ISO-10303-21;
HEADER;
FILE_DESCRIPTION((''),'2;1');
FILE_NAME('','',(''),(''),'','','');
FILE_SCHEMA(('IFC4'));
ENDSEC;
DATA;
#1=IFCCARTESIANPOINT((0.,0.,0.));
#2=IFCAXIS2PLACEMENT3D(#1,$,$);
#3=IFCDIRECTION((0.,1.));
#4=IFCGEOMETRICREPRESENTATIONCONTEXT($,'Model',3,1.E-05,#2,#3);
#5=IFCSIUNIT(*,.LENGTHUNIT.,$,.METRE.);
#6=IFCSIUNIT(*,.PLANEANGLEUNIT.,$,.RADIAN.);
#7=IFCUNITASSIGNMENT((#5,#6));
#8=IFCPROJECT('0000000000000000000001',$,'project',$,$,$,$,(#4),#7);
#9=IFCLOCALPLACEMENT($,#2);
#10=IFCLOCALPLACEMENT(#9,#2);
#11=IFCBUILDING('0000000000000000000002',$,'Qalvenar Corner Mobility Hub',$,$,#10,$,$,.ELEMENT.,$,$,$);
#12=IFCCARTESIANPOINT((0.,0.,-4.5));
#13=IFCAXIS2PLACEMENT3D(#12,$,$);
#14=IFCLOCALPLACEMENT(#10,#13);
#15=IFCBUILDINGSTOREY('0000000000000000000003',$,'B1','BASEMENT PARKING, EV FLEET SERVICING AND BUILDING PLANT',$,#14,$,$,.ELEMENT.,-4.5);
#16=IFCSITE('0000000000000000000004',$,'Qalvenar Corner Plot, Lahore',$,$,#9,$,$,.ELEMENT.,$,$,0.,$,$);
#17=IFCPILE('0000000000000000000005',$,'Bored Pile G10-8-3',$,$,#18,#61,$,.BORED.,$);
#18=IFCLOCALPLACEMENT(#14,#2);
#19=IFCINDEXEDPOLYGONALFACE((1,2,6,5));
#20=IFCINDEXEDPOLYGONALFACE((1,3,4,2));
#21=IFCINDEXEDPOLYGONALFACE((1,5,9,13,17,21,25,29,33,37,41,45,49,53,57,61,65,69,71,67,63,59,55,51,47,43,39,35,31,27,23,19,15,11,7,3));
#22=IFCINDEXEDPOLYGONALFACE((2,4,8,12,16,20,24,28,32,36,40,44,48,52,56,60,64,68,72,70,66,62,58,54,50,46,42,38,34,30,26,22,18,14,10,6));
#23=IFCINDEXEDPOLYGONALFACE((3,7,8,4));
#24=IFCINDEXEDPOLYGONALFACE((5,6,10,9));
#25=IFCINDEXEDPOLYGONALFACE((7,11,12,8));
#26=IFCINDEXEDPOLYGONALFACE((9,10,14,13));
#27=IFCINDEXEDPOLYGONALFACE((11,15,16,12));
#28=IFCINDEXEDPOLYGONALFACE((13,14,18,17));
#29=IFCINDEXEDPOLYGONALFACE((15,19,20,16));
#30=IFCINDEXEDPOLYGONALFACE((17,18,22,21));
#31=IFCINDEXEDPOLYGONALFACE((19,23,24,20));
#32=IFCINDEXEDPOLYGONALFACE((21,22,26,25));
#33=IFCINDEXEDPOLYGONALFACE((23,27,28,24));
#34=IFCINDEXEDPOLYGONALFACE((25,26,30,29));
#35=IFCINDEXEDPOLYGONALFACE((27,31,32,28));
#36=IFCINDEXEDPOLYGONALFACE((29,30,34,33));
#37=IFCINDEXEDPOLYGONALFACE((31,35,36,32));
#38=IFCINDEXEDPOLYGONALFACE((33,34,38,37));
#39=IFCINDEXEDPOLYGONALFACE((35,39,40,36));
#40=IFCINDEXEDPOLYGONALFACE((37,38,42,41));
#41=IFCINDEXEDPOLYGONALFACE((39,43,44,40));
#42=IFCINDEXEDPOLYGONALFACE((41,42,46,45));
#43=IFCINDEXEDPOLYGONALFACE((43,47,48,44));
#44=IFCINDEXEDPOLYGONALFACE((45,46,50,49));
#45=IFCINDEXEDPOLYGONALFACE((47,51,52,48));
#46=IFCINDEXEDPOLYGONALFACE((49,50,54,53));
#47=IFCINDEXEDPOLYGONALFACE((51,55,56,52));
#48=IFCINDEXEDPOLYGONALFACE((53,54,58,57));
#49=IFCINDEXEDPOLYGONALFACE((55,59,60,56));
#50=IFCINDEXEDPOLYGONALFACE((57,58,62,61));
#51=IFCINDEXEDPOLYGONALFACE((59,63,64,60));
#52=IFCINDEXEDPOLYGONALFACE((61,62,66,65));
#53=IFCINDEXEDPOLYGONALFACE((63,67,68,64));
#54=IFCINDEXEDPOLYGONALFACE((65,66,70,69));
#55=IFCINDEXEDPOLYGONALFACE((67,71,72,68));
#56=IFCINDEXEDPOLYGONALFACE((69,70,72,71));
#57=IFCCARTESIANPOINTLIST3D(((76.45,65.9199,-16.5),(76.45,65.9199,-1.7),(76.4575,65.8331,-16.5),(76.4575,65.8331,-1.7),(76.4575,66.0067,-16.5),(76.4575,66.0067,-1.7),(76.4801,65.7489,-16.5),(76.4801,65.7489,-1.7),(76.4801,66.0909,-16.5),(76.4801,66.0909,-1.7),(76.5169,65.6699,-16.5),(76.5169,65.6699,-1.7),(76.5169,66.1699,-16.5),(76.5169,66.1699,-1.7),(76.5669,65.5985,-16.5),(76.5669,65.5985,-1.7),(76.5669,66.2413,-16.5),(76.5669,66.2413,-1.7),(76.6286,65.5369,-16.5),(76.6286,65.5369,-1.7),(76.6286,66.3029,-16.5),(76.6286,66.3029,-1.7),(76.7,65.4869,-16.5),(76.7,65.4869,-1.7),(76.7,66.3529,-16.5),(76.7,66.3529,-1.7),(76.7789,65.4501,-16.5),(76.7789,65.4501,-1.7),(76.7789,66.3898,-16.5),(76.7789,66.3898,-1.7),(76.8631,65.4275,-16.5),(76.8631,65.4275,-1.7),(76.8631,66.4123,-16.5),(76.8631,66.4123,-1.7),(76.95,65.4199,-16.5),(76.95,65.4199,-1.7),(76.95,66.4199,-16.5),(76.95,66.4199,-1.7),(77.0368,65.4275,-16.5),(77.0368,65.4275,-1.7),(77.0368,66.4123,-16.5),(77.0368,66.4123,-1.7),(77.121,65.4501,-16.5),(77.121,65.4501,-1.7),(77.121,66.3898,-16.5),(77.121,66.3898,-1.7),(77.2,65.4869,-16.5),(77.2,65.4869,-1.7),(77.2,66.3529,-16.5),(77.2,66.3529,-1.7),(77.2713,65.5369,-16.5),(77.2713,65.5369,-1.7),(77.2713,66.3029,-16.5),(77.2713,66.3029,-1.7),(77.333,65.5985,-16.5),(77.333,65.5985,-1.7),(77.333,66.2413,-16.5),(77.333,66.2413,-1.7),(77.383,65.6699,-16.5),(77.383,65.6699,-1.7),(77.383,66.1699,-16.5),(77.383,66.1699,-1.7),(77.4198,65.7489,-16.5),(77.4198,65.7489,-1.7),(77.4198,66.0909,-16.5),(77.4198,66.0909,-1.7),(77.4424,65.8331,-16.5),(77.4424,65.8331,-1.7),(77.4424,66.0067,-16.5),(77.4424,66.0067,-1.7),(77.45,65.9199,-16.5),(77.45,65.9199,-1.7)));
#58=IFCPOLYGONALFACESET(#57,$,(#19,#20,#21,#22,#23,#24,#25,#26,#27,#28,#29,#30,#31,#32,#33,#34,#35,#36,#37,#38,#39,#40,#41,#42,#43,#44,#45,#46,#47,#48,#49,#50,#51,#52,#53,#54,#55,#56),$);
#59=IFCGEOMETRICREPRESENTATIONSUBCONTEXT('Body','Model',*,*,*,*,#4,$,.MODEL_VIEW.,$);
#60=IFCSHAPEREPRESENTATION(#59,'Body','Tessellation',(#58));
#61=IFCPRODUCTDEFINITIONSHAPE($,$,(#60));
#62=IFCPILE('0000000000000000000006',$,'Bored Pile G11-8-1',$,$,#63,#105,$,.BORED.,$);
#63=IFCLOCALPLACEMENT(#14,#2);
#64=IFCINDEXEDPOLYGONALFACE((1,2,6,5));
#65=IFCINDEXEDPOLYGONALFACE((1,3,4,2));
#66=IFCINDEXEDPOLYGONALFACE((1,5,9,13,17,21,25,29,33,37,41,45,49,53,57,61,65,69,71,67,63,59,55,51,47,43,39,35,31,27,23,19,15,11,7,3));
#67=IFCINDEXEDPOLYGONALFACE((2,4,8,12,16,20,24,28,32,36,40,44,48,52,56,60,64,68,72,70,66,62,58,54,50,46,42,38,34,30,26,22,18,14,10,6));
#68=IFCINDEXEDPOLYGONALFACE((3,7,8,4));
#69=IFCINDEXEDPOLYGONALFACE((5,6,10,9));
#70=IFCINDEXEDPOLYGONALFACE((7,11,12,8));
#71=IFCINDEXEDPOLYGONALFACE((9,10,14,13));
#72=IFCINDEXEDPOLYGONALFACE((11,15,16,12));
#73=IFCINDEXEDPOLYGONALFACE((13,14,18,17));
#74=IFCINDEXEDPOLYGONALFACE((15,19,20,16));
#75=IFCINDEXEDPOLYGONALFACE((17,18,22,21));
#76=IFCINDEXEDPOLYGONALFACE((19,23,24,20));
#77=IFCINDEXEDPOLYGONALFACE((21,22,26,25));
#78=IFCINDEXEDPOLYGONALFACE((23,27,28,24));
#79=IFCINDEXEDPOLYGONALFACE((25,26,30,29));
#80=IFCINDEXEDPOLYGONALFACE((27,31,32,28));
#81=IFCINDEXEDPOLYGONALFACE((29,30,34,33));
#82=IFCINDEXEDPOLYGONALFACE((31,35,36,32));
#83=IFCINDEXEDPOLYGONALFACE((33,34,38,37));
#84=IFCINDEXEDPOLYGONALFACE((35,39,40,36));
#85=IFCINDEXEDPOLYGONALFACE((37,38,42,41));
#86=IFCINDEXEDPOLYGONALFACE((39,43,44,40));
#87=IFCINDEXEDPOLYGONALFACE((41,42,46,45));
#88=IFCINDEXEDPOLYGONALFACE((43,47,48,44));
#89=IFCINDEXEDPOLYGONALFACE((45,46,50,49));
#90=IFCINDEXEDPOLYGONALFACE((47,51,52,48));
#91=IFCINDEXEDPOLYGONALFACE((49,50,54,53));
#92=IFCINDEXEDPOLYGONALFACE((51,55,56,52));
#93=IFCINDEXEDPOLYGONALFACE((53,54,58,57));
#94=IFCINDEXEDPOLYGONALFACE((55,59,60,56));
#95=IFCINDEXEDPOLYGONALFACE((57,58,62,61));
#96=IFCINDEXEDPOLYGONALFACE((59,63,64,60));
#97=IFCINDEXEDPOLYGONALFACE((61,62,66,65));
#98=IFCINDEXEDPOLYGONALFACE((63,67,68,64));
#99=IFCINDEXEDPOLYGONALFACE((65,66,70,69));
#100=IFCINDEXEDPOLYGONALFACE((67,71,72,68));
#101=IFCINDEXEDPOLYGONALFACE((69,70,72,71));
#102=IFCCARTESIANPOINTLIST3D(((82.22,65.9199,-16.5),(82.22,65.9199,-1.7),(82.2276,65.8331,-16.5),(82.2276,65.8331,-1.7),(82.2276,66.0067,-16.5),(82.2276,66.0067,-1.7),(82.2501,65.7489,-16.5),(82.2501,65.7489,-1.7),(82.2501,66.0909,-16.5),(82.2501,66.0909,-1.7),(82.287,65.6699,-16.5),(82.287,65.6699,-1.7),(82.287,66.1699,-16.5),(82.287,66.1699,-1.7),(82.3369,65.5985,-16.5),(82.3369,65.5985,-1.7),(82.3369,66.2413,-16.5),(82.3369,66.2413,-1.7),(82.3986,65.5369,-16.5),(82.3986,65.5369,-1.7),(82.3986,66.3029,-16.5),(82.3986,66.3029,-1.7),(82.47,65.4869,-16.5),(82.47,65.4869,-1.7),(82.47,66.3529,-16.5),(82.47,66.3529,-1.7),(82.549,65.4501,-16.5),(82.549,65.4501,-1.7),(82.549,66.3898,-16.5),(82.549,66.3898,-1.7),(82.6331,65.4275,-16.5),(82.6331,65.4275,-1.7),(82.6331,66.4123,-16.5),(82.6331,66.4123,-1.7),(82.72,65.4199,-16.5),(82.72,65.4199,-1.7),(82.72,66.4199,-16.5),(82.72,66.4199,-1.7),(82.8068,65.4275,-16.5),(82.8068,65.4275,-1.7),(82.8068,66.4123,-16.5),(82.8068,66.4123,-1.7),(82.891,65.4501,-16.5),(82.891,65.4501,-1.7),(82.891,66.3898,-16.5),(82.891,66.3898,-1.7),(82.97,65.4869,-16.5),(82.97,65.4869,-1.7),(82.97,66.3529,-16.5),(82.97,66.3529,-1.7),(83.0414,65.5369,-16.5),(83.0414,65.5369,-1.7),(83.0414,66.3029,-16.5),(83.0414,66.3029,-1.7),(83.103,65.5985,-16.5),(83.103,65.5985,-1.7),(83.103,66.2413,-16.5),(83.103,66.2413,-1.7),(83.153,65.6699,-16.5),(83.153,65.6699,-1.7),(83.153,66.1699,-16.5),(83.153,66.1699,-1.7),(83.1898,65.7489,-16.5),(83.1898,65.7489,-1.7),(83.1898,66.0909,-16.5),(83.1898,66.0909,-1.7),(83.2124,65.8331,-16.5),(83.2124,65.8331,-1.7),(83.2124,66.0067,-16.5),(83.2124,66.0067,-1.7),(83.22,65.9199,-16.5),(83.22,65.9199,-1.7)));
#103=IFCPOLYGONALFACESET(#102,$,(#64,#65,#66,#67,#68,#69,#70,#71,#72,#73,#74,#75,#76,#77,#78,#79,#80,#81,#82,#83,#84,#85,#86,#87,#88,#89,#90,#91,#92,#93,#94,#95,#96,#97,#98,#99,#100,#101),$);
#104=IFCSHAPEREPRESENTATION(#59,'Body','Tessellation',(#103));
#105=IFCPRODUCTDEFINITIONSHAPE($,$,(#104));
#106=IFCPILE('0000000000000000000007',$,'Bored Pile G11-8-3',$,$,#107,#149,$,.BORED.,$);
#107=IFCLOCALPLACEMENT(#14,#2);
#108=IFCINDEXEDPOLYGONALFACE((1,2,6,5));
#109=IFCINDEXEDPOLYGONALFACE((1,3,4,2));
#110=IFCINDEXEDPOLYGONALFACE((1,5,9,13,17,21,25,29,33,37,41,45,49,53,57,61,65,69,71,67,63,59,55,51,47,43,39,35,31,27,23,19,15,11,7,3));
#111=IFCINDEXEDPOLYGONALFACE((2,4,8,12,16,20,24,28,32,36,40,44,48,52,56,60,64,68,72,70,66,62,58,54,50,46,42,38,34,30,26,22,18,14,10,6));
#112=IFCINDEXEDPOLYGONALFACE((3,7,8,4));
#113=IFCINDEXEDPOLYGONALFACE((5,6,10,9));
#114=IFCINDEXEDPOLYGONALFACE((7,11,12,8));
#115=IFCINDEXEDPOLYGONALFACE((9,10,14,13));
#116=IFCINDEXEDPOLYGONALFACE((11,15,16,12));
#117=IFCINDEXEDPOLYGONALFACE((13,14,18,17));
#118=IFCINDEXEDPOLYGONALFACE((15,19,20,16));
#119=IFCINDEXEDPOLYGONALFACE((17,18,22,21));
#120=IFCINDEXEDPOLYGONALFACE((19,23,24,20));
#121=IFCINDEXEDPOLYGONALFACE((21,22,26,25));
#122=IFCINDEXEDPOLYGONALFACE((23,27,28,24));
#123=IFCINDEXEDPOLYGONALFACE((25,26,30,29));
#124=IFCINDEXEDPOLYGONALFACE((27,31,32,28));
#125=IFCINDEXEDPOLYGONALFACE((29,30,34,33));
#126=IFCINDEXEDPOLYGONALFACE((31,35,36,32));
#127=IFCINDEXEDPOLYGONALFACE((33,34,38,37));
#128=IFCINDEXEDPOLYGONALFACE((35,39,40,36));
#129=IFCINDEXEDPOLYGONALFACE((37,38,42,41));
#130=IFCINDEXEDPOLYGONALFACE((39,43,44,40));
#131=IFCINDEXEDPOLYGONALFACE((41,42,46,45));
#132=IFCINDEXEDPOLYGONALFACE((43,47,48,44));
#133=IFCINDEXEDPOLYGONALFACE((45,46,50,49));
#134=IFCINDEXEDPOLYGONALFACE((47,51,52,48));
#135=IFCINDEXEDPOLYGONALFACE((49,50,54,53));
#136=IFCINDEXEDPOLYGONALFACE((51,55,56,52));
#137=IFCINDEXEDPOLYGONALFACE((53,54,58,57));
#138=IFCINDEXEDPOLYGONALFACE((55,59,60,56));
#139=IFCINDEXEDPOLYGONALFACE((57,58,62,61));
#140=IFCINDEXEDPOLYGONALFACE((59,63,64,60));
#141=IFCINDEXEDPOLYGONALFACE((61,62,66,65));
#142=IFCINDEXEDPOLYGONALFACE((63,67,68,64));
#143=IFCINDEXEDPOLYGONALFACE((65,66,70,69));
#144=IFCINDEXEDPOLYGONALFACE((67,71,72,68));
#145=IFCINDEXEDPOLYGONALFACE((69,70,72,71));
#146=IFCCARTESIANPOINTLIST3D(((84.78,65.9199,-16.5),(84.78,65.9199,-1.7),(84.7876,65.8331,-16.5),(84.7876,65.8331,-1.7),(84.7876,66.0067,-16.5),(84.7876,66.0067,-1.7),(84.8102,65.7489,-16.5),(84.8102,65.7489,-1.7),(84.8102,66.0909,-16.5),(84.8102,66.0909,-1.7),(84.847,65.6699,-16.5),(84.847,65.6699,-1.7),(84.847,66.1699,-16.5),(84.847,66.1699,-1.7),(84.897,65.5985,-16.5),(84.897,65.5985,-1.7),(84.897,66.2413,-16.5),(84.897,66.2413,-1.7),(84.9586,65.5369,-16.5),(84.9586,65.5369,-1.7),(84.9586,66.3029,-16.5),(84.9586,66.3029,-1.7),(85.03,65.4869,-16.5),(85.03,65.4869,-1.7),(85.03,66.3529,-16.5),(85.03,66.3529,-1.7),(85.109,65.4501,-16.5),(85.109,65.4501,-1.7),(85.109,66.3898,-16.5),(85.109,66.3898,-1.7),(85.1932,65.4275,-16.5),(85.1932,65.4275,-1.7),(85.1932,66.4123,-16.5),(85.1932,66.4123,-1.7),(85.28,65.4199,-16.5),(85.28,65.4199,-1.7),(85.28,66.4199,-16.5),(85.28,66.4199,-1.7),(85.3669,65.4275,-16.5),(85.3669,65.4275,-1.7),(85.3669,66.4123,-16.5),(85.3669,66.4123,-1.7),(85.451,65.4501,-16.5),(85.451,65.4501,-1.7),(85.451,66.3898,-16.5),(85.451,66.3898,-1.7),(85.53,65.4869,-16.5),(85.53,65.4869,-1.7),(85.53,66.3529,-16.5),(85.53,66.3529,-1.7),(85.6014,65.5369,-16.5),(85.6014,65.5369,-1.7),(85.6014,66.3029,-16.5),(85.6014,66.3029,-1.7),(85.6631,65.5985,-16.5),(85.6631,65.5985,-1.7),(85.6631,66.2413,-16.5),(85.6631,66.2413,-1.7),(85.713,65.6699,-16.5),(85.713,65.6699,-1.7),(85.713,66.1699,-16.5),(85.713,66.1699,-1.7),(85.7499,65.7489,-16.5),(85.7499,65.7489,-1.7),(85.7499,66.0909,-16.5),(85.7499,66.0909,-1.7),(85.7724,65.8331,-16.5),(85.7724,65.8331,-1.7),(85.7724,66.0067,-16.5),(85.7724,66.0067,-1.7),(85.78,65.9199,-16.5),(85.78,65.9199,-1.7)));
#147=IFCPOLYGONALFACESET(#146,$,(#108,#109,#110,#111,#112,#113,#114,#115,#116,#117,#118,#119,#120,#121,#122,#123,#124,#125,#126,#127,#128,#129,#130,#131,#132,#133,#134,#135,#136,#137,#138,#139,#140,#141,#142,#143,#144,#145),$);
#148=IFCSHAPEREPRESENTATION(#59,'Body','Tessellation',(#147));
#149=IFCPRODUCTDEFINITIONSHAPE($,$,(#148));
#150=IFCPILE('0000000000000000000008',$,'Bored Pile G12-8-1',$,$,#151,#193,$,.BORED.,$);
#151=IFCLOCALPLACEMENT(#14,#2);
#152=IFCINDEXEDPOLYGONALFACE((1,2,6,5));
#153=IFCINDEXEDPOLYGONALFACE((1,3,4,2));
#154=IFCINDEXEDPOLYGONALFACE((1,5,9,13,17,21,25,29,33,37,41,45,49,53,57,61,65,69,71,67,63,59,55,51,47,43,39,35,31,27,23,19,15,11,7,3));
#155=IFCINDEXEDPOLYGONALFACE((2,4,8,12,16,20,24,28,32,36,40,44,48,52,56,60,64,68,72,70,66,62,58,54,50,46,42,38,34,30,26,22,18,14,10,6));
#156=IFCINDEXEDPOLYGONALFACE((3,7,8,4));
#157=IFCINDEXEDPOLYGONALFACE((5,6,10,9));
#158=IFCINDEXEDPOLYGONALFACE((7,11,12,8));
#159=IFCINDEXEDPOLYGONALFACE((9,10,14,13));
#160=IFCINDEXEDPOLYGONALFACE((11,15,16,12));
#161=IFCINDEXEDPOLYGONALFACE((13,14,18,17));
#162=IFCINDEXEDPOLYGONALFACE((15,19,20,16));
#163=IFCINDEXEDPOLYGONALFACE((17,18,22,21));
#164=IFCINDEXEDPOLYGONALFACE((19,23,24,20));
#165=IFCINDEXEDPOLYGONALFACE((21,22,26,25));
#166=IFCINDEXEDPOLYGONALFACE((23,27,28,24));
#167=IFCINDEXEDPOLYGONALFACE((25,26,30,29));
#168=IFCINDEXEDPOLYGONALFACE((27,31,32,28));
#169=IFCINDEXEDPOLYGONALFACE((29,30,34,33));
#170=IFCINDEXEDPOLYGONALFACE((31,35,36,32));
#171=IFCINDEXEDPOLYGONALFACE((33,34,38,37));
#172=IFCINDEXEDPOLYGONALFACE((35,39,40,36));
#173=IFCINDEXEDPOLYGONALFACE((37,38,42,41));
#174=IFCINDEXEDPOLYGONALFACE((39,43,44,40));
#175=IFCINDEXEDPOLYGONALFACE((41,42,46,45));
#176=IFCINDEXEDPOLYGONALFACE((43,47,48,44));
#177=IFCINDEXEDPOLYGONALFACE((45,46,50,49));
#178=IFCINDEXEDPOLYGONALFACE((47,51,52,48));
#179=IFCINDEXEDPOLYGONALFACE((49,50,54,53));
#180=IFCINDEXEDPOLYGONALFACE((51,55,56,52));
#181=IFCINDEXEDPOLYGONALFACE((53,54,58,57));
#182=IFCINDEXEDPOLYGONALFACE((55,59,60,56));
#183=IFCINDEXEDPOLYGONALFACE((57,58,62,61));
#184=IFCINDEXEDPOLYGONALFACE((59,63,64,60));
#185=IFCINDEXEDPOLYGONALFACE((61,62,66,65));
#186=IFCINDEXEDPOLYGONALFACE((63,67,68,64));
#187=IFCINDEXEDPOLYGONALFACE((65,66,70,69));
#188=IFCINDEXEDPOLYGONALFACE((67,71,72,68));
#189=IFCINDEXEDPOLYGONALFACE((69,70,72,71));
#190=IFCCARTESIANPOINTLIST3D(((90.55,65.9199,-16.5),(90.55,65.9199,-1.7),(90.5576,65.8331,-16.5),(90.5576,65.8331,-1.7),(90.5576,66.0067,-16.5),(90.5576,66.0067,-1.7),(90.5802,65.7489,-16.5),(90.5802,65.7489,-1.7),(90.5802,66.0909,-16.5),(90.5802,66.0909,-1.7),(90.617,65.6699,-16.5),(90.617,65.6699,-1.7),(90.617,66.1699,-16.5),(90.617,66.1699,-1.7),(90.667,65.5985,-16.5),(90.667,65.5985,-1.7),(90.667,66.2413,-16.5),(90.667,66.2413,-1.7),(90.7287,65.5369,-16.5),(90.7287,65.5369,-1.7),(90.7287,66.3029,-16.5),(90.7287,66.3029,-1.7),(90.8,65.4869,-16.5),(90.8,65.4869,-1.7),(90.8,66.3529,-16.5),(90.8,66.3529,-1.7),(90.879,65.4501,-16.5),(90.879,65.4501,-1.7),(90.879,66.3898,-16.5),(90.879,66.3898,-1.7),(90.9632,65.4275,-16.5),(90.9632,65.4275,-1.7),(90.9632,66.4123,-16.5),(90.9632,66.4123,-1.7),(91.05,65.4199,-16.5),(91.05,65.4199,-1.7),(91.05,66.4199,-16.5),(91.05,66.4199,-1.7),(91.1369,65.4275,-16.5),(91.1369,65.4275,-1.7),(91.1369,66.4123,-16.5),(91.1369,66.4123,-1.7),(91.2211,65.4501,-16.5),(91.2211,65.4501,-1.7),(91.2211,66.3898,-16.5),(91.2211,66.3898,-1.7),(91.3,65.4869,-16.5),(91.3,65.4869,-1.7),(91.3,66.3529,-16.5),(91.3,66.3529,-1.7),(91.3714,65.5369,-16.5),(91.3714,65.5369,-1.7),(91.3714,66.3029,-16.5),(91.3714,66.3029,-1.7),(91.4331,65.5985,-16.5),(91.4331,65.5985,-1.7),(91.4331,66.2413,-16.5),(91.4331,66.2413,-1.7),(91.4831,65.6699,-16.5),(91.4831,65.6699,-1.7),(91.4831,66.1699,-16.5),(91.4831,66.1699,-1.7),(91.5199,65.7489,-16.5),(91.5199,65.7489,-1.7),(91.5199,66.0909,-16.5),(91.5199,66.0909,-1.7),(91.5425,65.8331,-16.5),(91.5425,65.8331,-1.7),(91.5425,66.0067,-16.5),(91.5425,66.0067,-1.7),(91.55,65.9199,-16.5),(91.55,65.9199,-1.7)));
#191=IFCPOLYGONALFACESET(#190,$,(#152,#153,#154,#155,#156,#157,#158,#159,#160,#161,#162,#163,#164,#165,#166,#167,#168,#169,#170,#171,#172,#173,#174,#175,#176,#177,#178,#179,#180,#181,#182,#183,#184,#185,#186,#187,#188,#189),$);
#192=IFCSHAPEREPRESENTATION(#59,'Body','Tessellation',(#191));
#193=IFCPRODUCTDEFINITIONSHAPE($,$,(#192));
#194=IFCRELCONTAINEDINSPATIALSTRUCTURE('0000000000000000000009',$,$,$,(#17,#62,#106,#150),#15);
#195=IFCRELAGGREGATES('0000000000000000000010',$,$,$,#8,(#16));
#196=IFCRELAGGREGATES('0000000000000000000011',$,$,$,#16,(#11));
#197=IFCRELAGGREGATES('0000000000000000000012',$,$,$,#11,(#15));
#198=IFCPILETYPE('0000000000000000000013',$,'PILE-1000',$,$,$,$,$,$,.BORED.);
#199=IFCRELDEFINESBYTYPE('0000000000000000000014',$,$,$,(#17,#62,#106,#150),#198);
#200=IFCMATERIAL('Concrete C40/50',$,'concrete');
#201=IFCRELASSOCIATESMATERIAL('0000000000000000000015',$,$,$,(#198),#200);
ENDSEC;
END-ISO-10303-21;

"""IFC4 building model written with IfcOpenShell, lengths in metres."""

from ifc_helpers import new_model, si_unit, direction, frame, origin, origin_2d, place, context, subcontext, project, spatial, circle, extrude, material, material_profile, profile_set, type_object, element, save


model = new_model("IFC4")

# Units and contexts
model_context = context("Model", 3, precision=1e-05, world=origin(), true_north=direction((0.0, 1.0)))
body_context = subcontext(model_context, "Body", "Model", "MODEL_VIEW")
ifc_project = project(units=[si_unit("LENGTHUNIT", "METRE"), si_unit("PLANEANGLEUNIT", "RADIAN")], contexts=[model_context])

# Site, building, storey
site_placement = place(None, origin())
site = spatial("IfcSite", under=ifc_project, at=site_placement, Name="Qalvenar Corner Plot, Lahore", CompositionType="ELEMENT", RefElevation=0.0)
building_placement = place(site_placement, origin())
building = spatial("IfcBuilding", under=site, at=building_placement, Name="Qalvenar Corner Mobility Hub", CompositionType="ELEMENT")
storey_placement = place(building_placement, frame((0.0, 0.0, -4.5)))
storey = spatial("IfcBuildingStorey", under=building, at=storey_placement, Name="B1", Description="BASEMENT PARKING, EV FLEET SERVICING AND BUILDING PLANT", CompositionType="ELEMENT", Elevation=-4.5)

# Shared definitions
ifc_material_1 = material(Name="Concrete C40/50", Category="concrete")

# Piles
ifc_material_profile_1 = material_profile(ifc_material_1, circle(Radius=0.5, at=origin_2d()), Name="DIA1000")
ifc_profile_set_1 = profile_set([ifc_material_profile_1], Name="Concrete C40/50")
pile_type_1 = type_object("IfcPileType", Name="PILE-1000", PredefinedType="BORED", material=ifc_profile_set_1)
for number, where, z_axis, x_axis, name in (
    (1, (76.95, 65.9199, -1.7), (0.0, 0.0, -1.0), (1.0, 0.0, 0.0), "Bored Pile G10-8-3"),
    (2, (82.72, 65.9199, -1.7), (0.0, 0.0, -1.0), (1.0, 0.0, 0.0), "Bored Pile G11-8-1"),
    (3, (85.28, 65.9199, -1.7), (0.0, 0.0, -1.0), (1.0, 0.0, 0.0), "Bored Pile G11-8-3"),
    (4, (91.05, 65.9199, -1.7), (0.0, 0.0, -1.0), (1.0, 0.0, 0.0), "Bored Pile G12-8-1"),
):
    element("IfcPile", number, at=place(storey_placement, frame(where, z_axis=z_axis, x_axis=x_axis)), inside=storey, type_object=pile_type_1, Name=name, PredefinedType="BORED", context=body_context, shape_type="SweptSolid", body=[
        extrude(circle(Radius=0.5, at=origin_2d()), origin(), (0.0, 0.0, 1.0), 14.8),
    ])

save(model, "model.ifc")
